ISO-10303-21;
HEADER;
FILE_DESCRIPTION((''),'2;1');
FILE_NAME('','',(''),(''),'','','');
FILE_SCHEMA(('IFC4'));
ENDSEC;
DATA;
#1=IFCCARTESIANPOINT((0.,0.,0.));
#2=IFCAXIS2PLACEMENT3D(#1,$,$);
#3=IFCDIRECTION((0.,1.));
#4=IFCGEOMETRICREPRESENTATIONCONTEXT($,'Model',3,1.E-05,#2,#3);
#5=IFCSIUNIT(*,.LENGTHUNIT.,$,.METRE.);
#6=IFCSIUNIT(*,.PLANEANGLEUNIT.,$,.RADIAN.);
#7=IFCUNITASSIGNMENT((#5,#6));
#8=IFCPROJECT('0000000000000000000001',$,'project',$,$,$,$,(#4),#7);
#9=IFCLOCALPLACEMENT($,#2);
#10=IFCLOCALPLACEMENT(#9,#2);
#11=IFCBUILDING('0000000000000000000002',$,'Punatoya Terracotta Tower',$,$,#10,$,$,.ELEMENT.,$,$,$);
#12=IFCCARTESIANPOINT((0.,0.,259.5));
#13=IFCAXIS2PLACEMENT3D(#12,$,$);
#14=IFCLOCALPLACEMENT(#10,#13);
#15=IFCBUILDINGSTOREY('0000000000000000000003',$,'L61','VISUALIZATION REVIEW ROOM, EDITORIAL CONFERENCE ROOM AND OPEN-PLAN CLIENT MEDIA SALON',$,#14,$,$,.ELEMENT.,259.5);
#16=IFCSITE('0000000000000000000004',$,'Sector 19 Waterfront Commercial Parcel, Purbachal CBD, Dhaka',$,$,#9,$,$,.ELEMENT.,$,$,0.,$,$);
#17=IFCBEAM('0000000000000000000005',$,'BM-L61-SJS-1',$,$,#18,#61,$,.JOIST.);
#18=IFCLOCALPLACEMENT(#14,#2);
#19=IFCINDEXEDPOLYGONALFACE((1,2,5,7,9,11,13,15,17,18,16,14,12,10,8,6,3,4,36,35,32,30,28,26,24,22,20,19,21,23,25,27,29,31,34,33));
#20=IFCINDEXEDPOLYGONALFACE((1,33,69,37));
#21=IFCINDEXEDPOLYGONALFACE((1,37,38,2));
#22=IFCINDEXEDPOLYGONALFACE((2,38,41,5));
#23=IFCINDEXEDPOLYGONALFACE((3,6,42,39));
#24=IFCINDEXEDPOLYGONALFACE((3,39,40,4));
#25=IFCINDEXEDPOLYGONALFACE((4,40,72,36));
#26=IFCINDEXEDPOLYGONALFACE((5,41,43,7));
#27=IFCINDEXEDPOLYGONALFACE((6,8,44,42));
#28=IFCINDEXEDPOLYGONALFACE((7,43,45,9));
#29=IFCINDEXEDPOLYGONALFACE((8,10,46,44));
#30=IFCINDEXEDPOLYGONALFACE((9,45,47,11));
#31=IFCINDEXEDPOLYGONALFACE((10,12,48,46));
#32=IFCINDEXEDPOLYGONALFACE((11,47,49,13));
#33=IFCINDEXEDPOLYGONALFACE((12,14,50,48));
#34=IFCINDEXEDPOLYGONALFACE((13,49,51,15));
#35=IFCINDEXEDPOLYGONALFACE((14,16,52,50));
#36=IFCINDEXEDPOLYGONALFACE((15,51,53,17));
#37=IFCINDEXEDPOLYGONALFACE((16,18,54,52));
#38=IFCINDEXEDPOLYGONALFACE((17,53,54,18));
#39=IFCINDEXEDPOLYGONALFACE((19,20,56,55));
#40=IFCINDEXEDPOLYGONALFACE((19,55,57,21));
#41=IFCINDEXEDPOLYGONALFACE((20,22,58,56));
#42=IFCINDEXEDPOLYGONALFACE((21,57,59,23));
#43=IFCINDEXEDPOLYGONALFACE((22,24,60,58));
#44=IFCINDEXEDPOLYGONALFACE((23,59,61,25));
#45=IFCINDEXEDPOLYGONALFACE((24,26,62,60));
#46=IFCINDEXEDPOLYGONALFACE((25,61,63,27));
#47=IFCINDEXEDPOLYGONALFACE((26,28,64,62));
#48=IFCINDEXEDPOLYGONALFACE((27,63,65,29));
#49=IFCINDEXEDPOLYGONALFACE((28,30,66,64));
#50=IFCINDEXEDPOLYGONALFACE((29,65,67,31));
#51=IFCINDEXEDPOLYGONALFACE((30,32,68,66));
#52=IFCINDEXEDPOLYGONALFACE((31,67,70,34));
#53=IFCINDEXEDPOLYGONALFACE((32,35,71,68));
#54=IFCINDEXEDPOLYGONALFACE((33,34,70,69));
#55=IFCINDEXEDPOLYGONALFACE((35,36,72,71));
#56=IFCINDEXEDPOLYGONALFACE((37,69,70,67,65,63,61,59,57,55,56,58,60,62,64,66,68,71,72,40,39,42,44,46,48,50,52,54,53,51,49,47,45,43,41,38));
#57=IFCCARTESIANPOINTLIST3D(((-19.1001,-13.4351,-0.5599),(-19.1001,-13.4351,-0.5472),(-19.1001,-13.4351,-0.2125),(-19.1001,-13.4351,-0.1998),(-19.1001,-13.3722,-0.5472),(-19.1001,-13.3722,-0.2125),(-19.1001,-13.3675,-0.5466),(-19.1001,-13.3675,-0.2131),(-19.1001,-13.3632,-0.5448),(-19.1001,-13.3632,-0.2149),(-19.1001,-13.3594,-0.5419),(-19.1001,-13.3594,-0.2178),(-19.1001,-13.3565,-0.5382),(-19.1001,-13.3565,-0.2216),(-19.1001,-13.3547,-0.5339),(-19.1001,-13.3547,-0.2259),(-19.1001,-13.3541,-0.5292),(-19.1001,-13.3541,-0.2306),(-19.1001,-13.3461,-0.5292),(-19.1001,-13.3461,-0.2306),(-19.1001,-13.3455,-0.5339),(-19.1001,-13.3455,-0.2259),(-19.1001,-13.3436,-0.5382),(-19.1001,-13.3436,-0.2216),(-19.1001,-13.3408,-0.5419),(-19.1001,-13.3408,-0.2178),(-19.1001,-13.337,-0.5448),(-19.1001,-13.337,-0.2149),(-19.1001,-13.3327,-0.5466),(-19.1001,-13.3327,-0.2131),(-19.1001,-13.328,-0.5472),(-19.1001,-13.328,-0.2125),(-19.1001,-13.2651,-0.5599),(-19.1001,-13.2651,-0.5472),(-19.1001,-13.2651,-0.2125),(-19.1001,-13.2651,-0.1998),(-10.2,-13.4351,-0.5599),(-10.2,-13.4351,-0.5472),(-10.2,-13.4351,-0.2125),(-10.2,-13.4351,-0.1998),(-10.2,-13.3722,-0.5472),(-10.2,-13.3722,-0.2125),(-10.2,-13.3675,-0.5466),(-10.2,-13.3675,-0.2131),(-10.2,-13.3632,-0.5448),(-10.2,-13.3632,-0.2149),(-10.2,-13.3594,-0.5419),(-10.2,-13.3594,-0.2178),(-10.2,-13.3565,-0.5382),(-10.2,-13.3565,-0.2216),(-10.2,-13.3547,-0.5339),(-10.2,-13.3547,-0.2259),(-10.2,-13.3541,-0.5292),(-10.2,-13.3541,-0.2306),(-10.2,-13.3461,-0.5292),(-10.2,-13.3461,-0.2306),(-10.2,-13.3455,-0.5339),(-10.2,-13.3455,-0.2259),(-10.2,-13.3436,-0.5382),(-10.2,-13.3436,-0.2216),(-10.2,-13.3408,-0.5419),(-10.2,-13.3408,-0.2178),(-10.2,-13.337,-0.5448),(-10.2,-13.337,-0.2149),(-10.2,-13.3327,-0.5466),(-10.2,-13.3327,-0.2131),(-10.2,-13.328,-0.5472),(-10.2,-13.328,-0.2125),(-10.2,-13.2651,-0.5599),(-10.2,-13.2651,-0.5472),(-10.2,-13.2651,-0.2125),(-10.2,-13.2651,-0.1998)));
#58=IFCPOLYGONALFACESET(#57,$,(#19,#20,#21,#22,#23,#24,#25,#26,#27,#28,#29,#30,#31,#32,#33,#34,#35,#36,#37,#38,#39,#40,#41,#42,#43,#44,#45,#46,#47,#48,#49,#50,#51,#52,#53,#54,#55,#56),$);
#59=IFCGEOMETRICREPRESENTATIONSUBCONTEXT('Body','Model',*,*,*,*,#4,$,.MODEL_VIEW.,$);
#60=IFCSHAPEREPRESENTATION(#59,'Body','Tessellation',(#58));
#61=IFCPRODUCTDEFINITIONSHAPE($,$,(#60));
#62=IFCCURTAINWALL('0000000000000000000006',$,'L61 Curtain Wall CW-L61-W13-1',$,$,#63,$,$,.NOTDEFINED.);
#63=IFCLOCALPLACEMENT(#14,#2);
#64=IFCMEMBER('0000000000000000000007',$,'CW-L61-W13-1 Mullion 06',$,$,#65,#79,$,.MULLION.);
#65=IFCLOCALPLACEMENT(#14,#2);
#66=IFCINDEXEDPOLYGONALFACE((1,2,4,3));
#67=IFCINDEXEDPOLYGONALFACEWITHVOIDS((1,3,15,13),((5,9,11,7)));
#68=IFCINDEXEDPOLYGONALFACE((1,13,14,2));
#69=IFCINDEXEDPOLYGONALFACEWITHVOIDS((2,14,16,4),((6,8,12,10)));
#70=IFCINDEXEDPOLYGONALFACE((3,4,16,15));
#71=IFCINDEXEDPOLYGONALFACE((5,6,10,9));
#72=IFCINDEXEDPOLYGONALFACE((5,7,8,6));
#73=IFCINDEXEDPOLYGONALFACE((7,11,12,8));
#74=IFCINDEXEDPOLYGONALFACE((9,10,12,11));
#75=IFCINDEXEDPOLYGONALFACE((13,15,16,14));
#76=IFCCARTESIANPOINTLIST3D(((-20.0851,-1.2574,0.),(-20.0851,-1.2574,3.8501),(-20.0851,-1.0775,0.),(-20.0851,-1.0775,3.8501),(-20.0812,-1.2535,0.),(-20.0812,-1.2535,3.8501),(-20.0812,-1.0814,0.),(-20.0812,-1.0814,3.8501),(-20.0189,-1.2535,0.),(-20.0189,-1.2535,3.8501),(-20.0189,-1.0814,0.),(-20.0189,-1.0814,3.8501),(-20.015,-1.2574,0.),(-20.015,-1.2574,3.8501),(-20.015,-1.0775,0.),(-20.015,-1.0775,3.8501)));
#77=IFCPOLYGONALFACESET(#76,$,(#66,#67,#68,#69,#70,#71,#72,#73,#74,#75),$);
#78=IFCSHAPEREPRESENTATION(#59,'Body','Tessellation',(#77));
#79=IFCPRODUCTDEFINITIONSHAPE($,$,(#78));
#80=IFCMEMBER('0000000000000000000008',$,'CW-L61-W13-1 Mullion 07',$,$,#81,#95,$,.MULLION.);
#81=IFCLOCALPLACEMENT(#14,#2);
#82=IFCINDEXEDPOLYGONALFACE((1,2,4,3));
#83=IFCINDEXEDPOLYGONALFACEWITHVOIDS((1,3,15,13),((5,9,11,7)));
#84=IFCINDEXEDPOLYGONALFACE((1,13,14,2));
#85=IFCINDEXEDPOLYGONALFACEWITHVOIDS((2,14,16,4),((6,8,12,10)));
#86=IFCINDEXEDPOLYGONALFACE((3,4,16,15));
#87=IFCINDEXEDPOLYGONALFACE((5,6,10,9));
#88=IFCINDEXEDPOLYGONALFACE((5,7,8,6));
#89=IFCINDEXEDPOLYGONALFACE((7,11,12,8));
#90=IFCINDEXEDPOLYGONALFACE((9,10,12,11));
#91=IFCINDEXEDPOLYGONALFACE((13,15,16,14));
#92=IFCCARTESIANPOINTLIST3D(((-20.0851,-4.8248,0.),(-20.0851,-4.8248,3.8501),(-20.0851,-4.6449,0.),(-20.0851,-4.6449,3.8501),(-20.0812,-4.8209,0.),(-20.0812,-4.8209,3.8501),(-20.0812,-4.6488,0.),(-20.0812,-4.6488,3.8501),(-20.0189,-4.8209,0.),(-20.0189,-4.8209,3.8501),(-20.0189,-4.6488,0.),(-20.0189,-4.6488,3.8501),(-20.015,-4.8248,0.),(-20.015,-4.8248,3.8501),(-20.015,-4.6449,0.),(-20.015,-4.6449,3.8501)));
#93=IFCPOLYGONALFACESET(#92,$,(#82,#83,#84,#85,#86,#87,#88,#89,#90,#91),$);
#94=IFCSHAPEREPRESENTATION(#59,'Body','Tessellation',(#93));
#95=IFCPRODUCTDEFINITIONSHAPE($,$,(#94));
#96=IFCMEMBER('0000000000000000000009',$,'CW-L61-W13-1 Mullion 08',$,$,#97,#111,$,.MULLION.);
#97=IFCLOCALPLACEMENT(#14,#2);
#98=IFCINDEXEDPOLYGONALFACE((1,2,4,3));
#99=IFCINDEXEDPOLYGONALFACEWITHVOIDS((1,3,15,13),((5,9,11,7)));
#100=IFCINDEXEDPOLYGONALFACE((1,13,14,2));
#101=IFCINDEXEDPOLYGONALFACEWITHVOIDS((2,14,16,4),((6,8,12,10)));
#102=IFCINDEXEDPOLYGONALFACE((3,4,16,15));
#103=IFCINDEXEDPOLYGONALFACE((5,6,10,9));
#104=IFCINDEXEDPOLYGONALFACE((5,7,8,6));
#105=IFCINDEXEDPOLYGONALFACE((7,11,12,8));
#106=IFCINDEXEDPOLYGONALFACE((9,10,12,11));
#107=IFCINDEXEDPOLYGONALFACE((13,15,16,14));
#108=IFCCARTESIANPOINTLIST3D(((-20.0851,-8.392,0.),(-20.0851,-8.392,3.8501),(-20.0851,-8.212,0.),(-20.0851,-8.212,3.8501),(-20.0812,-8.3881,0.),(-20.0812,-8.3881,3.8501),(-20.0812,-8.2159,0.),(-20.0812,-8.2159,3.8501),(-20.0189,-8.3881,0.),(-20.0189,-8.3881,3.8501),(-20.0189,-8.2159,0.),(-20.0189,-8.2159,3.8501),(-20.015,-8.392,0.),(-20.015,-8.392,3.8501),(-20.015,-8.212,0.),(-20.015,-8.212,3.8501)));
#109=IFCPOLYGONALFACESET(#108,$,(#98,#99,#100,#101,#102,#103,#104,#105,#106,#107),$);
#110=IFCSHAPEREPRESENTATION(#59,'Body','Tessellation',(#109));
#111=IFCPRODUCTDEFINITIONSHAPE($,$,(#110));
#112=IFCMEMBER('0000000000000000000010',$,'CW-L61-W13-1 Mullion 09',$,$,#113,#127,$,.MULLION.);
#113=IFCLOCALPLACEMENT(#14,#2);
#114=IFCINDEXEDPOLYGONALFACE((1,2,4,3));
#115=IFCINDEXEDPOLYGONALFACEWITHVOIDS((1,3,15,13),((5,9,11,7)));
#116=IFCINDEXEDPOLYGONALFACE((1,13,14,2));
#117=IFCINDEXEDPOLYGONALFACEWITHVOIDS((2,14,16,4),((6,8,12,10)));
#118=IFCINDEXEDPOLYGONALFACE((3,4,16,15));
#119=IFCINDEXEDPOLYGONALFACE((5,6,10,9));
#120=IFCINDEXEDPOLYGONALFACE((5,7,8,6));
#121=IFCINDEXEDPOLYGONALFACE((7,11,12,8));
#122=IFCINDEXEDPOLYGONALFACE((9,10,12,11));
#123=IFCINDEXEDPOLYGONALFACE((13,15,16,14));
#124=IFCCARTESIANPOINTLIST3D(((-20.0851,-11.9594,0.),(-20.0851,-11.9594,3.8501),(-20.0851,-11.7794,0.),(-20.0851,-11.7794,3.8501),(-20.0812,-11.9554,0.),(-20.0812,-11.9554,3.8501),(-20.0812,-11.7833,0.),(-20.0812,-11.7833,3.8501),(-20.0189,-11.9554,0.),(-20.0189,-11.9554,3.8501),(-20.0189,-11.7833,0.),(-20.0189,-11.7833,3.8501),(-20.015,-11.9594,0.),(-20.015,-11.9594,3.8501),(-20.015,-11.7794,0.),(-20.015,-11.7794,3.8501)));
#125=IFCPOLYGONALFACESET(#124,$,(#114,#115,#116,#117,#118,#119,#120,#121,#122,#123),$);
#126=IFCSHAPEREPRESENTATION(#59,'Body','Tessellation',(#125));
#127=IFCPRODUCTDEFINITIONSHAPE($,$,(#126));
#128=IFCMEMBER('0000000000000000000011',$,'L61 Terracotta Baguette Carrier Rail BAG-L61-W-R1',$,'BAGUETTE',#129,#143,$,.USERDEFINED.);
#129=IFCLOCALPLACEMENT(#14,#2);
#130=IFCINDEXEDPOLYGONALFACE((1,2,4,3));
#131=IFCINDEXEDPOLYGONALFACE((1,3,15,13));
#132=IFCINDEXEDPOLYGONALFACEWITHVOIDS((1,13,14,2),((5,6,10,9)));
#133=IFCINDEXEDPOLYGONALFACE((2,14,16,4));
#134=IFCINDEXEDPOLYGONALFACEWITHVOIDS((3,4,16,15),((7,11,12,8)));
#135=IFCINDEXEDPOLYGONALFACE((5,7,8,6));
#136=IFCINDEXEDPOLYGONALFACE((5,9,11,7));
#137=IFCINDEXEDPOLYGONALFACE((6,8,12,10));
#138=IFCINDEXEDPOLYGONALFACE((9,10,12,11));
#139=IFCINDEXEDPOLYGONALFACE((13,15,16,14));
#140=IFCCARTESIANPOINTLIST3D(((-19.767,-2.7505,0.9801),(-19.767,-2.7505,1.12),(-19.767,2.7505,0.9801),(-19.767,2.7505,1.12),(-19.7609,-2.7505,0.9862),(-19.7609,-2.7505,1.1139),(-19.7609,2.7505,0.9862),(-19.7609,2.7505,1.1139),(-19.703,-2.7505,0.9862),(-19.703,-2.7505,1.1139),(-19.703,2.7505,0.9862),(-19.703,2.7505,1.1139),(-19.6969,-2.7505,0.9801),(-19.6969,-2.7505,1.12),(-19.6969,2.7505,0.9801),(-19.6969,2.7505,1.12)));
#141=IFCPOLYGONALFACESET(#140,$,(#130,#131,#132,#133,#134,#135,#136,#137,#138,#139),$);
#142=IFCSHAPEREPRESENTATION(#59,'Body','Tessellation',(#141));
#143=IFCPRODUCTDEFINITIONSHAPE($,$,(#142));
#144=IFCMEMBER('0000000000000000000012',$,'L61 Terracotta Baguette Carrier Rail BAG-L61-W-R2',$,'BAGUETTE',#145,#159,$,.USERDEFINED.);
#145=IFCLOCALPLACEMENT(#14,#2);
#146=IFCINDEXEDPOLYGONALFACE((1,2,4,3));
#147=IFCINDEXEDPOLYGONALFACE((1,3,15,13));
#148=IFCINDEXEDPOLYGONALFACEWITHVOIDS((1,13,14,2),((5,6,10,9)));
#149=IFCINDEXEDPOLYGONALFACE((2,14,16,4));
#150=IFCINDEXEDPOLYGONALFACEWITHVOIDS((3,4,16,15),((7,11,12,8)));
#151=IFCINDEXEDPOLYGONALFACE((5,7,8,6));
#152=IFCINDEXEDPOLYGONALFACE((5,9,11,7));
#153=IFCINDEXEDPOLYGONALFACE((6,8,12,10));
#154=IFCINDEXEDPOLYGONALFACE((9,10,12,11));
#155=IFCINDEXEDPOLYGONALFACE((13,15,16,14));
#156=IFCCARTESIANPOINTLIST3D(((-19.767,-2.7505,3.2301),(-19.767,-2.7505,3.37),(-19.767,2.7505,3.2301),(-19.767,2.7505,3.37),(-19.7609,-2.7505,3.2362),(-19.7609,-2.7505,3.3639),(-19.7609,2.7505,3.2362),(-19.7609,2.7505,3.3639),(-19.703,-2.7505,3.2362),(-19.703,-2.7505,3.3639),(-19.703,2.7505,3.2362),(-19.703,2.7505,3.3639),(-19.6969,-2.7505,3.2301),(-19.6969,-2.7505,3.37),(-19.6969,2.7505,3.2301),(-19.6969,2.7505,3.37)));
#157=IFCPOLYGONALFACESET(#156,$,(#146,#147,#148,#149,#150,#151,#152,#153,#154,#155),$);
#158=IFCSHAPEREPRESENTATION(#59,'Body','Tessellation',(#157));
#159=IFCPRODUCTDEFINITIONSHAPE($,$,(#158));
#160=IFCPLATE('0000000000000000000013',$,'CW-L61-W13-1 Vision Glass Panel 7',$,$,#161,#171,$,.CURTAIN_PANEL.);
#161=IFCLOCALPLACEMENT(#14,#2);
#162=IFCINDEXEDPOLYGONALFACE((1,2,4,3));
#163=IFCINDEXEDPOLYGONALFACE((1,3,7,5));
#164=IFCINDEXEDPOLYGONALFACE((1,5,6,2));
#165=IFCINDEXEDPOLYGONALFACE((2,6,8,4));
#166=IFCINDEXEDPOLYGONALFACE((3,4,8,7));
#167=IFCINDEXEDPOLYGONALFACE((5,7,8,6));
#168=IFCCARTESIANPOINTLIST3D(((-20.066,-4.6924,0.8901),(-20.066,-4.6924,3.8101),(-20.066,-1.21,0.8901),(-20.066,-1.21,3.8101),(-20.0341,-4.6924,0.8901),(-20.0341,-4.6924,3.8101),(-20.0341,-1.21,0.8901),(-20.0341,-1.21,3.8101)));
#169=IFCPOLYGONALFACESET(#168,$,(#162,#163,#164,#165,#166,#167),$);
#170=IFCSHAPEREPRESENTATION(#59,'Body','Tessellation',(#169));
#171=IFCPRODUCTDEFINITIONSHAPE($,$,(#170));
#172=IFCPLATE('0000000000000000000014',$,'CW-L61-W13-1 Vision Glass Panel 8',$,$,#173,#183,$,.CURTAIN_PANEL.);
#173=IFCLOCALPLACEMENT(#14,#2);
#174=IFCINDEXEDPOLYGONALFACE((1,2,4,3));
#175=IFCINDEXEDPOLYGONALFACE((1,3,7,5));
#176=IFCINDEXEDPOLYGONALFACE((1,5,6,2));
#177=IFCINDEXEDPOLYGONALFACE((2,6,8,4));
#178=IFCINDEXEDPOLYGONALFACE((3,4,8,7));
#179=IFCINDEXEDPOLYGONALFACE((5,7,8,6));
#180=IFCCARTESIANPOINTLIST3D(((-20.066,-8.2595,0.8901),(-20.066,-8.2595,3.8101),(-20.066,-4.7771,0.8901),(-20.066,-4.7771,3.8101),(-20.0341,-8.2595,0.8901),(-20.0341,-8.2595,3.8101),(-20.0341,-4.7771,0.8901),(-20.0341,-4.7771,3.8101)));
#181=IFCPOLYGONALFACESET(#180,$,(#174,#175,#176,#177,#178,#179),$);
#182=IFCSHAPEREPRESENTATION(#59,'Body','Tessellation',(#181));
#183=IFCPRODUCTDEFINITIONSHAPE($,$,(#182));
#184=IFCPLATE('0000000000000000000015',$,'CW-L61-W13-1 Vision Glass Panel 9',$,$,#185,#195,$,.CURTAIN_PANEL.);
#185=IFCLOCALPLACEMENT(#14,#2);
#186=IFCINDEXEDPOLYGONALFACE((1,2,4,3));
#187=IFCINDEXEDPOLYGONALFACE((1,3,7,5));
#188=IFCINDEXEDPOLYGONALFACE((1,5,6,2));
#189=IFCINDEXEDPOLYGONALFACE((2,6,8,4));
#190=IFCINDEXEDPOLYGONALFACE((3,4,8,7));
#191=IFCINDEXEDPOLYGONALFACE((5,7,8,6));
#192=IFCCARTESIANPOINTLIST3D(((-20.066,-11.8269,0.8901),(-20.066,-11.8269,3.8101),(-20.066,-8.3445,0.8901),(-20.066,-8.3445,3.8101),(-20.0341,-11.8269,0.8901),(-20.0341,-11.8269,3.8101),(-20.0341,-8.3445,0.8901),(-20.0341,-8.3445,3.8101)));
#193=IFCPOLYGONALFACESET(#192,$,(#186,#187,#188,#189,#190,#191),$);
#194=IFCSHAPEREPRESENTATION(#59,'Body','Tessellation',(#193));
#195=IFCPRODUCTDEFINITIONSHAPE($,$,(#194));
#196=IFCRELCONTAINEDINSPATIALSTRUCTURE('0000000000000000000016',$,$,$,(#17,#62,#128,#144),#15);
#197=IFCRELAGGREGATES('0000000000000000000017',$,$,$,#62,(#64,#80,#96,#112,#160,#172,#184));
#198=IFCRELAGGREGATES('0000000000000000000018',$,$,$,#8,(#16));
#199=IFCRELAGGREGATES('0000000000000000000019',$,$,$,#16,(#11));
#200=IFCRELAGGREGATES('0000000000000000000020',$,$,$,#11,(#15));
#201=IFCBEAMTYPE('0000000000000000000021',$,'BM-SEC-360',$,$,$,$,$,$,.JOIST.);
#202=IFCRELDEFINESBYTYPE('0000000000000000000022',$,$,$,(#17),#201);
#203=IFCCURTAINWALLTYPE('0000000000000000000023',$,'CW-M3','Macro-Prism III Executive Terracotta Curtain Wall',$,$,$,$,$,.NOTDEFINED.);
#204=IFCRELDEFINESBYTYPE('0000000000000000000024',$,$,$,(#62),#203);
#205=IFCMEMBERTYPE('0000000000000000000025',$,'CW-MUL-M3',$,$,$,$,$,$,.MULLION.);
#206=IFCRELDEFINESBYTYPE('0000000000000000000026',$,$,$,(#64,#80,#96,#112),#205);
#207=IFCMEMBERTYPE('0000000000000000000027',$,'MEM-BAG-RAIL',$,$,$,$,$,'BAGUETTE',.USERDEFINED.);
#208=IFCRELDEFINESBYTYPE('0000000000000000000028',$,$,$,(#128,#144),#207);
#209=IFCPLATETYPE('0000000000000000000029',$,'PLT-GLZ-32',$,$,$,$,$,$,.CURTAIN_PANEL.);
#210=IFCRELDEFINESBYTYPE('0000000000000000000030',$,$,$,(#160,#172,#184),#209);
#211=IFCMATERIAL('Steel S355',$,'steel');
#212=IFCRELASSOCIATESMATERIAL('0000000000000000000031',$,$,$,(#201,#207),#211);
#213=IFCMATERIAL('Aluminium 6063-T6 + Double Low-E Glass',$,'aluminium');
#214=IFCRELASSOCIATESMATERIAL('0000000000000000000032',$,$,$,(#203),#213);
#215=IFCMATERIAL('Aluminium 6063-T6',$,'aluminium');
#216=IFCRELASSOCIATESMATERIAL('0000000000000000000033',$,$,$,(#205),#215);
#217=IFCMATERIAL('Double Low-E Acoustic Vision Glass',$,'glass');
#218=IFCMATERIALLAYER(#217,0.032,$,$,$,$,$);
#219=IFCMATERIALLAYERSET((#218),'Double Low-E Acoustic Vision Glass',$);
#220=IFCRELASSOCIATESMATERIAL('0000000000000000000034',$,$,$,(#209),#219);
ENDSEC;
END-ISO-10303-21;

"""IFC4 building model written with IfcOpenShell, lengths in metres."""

from ifc_helpers import new_model, si_unit, direction, frame, origin, origin_2d, place, context, subcontext, project, spatial, rectangle, hollow_rectangle, i_section, extrude, material, layer, layer_set, material_profile, profile_set, type_object, element, aggregate, save


model = new_model("IFC4")

# Units and contexts
model_context = context("Model", 3, precision=1e-05, world=origin(), true_north=direction((0.0, 1.0)))
body_context = subcontext(model_context, "Body", "Model", "MODEL_VIEW")
ifc_project = project(units=[si_unit("LENGTHUNIT", "METRE"), si_unit("PLANEANGLEUNIT", "RADIAN")], contexts=[model_context])

# Site, building, storey
site_placement = place(None, origin())
site = spatial("IfcSite", under=ifc_project, at=site_placement, Name="Sector 19 Waterfront Commercial Parcel, Purbachal CBD, Dhaka", CompositionType="ELEMENT", RefElevation=0.0)
building_placement = place(site_placement, origin())
building = spatial("IfcBuilding", under=site, at=building_placement, Name="Punatoya Terracotta Tower", CompositionType="ELEMENT")
storey_placement = place(building_placement, frame((0.0, 0.0, 259.5)))
storey = spatial("IfcBuildingStorey", under=building, at=storey_placement, Name="L61", Description="VISUALIZATION REVIEW ROOM, EDITORIAL CONFERENCE ROOM AND OPEN-PLAN CLIENT MEDIA SALON", CompositionType="ELEMENT", Elevation=259.5)

# Beam
ifc_material_1 = material(Name="Steel S355", Category="steel")
ifc_material_profile_1 = material_profile(ifc_material_1, i_section(OverallWidth=0.1699, OverallDepth=0.3601, WebThickness=0.0081, FlangeThickness=0.0127, FilletRadius=0.0181, at=origin_2d()))
ifc_profile_set_1 = profile_set([ifc_material_profile_1], Name="Steel S355")
beam_type_1 = type_object("IfcBeamType", Name="BM-SEC-360", PredefinedType="JOIST", material=ifc_profile_set_1)
beam_1_placement = place(storey_placement, frame((-19.1001, -13.3501, -0.3799), z_axis=(1.0, 0.0, 0.0), x_axis=(0.0, 1.0, 0.0)))
element("IfcBeam", 1, at=beam_1_placement, inside=storey, type_object=beam_type_1, Name="BM-L61-SJS-1", PredefinedType="JOIST", context=body_context, shape_type="SweptSolid", body=[
    extrude(i_section(OverallWidth=0.1699, OverallDepth=0.3601, WebThickness=0.0081, FlangeThickness=0.0127, FilletRadius=0.0181, at=origin_2d()), origin(), (0.0, 0.0, 1.0), 8.9001),
])

# Curtain wall, members
ifc_material_2 = material(Name="Aluminium 6063-T6 + Double Low-E Glass", Category="aluminium")
curtain_wall_type = type_object("IfcCurtainWallType", Name="CW-M3", Description="Macro-Prism III Executive Terracotta Curtain Wall", PredefinedType="NOTDEFINED", material=ifc_material_2)
curtain_wall_placement = place(storey_placement, origin())
curtain_wall = element("IfcCurtainWall", 2, at=curtain_wall_placement, inside=storey, type_object=curtain_wall_type, Name="L61 Curtain Wall CW-L61-W13-1", PredefinedType="NOTDEFINED")
ifc_material_3 = material(Name="Aluminium 6063-T6", Category="aluminium")
ifc_material_profile_2 = material_profile(ifc_material_3, hollow_rectangle(XDim=0.0701, YDim=0.1799, WallThickness=0.0039, at=origin_2d()))
ifc_profile_set_2 = profile_set([ifc_material_profile_2], Name="Aluminium 6063-T6")
member_type_1 = type_object("IfcMemberType", Name="CW-MUL-M3", PredefinedType="MULLION", material=ifc_profile_set_2)
member_1_placement = place(storey_placement, frame((-20.05, -1.1675, 0.0), z_axis=(0.0, 0.0, 1.0), x_axis=(1.0, 0.0, 0.0)))
member_1 = element("IfcMember", 3, at=member_1_placement, type_object=member_type_1, Name="CW-L61-W13-1 Mullion 06", PredefinedType="MULLION", context=body_context, shape_type="SweptSolid", body=[
    extrude(hollow_rectangle(XDim=0.0701, YDim=0.1799, WallThickness=0.0039, at=origin_2d()), origin(), (0.0, 0.0, 1.0), 3.8501),
])
member_2_placement = place(storey_placement, frame((-20.05, -4.7349, 0.0), z_axis=(0.0, 0.0, 1.0), x_axis=(1.0, 0.0, 0.0)))
member_2 = element("IfcMember", 4, at=member_2_placement, type_object=member_type_1, Name="CW-L61-W13-1 Mullion 07", PredefinedType="MULLION", context=body_context, shape_type="SweptSolid", body=[
    extrude(hollow_rectangle(XDim=0.0701, YDim=0.1799, WallThickness=0.0039, at=origin_2d()), origin(), (0.0, 0.0, 1.0), 3.8501),
])
member_3_placement = place(storey_placement, frame((-20.05, -8.302, 0.0), z_axis=(0.0, 0.0, 1.0), x_axis=(1.0, 0.0, 0.0)))
member_3 = element("IfcMember", 5, at=member_3_placement, type_object=member_type_1, Name="CW-L61-W13-1 Mullion 08", PredefinedType="MULLION", context=body_context, shape_type="SweptSolid", body=[
    extrude(hollow_rectangle(XDim=0.0701, YDim=0.1799, WallThickness=0.0039, at=origin_2d()), origin(), (0.0, 0.0, 1.0), 3.8501),
])
member_4_placement = place(storey_placement, frame((-20.05, -11.8694, 0.0), z_axis=(0.0, 0.0, 1.0), x_axis=(1.0, 0.0, 0.0)))
member_4 = element("IfcMember", 6, at=member_4_placement, type_object=member_type_1, Name="CW-L61-W13-1 Mullion 09", PredefinedType="MULLION", context=body_context, shape_type="SweptSolid", body=[
    extrude(hollow_rectangle(XDim=0.0701, YDim=0.1799, WallThickness=0.0039, at=origin_2d()), origin(), (0.0, 0.0, 1.0), 3.8501),
])

# Members
ifc_material_profile_3 = material_profile(ifc_material_1, hollow_rectangle(XDim=0.0701, YDim=0.1399, WallThickness=0.0061, at=origin_2d()))
ifc_profile_set_3 = profile_set([ifc_material_profile_3], Name="Steel S355")
member_type_2 = type_object("IfcMemberType", Name="MEM-BAG-RAIL", ElementType="BAGUETTE", PredefinedType="USERDEFINED", material=ifc_profile_set_3)
for number, where, z_axis, x_axis, name in (
    (7, (-19.7319, -2.7505, 1.05), (0.0, 1.0, 0.0), (-1.0, 0.0, 0.0), "L61 Terracotta Baguette Carrier Rail BAG-L61-W-R1"),
    (8, (-19.7319, -2.7505, 3.3), (0.0, 1.0, 0.0), (-1.0, 0.0, 0.0), "L61 Terracotta Baguette Carrier Rail BAG-L61-W-R2"),
):
    element("IfcMember", number, at=place(storey_placement, frame(where, z_axis=z_axis, x_axis=x_axis)), inside=storey, type_object=member_type_2, Name=name, ObjectType="BAGUETTE", PredefinedType="USERDEFINED", context=body_context, shape_type="SweptSolid", body=[
        extrude(hollow_rectangle(XDim=0.0701, YDim=0.1399, WallThickness=0.0061, at=origin_2d()), origin(), (0.0, 0.0, 1.0), 5.501),
    ])

# Plates
ifc_material_4 = material(Name="Double Low-E Acoustic Vision Glass", Category="glass")
ifc_layer_1 = layer(ifc_material_4, 0.032)
ifc_layer_set_1 = layer_set([ifc_layer_1], Name="Double Low-E Acoustic Vision Glass")
plate_type_1 = type_object("IfcPlateType", Name="PLT-GLZ-32", PredefinedType="CURTAIN_PANEL", material=ifc_layer_set_1)
plate_1_placement = place(storey_placement, frame((-20.05, -2.9512, 0.8901), z_axis=(0.0, 0.0, 1.0), x_axis=(0.0, -1.0, 0.0)))
plate_1 = element("IfcPlate", 9, at=plate_1_placement, type_object=plate_type_1, Name="CW-L61-W13-1 Vision Glass Panel 7", PredefinedType="CURTAIN_PANEL", context=body_context, shape_type="SweptSolid", body=[
    extrude(rectangle(XDim=3.4824, YDim=0.032, at=origin_2d()), origin(), (0.0, 0.0, 1.0), 2.9199),
])
plate_2_placement = place(storey_placement, frame((-20.05, -6.5183, 0.8901), z_axis=(0.0, 0.0, 1.0), x_axis=(0.0, -1.0, 0.0)))
plate_2 = element("IfcPlate", 10, at=plate_2_placement, type_object=plate_type_1, Name="CW-L61-W13-1 Vision Glass Panel 8", PredefinedType="CURTAIN_PANEL", context=body_context, shape_type="SweptSolid", body=[
    extrude(rectangle(XDim=3.4824, YDim=0.032, at=origin_2d()), origin(), (0.0, 0.0, 1.0), 2.9199),
])
plate_3_placement = place(storey_placement, frame((-20.05, -10.0857, 0.8901), z_axis=(0.0, 0.0, 1.0), x_axis=(0.0, -1.0, 0.0)))
plate_3 = element("IfcPlate", 11, at=plate_3_placement, type_object=plate_type_1, Name="CW-L61-W13-1 Vision Glass Panel 9", PredefinedType="CURTAIN_PANEL", context=body_context, shape_type="SweptSolid", body=[
    extrude(rectangle(XDim=3.4824, YDim=0.032, at=origin_2d()), origin(), (0.0, 0.0, 1.0), 2.9199),
])
aggregate(curtain_wall, [member_1, member_2, member_3, member_4, plate_1, plate_2, plate_3])

save(model, "model.ifc")
